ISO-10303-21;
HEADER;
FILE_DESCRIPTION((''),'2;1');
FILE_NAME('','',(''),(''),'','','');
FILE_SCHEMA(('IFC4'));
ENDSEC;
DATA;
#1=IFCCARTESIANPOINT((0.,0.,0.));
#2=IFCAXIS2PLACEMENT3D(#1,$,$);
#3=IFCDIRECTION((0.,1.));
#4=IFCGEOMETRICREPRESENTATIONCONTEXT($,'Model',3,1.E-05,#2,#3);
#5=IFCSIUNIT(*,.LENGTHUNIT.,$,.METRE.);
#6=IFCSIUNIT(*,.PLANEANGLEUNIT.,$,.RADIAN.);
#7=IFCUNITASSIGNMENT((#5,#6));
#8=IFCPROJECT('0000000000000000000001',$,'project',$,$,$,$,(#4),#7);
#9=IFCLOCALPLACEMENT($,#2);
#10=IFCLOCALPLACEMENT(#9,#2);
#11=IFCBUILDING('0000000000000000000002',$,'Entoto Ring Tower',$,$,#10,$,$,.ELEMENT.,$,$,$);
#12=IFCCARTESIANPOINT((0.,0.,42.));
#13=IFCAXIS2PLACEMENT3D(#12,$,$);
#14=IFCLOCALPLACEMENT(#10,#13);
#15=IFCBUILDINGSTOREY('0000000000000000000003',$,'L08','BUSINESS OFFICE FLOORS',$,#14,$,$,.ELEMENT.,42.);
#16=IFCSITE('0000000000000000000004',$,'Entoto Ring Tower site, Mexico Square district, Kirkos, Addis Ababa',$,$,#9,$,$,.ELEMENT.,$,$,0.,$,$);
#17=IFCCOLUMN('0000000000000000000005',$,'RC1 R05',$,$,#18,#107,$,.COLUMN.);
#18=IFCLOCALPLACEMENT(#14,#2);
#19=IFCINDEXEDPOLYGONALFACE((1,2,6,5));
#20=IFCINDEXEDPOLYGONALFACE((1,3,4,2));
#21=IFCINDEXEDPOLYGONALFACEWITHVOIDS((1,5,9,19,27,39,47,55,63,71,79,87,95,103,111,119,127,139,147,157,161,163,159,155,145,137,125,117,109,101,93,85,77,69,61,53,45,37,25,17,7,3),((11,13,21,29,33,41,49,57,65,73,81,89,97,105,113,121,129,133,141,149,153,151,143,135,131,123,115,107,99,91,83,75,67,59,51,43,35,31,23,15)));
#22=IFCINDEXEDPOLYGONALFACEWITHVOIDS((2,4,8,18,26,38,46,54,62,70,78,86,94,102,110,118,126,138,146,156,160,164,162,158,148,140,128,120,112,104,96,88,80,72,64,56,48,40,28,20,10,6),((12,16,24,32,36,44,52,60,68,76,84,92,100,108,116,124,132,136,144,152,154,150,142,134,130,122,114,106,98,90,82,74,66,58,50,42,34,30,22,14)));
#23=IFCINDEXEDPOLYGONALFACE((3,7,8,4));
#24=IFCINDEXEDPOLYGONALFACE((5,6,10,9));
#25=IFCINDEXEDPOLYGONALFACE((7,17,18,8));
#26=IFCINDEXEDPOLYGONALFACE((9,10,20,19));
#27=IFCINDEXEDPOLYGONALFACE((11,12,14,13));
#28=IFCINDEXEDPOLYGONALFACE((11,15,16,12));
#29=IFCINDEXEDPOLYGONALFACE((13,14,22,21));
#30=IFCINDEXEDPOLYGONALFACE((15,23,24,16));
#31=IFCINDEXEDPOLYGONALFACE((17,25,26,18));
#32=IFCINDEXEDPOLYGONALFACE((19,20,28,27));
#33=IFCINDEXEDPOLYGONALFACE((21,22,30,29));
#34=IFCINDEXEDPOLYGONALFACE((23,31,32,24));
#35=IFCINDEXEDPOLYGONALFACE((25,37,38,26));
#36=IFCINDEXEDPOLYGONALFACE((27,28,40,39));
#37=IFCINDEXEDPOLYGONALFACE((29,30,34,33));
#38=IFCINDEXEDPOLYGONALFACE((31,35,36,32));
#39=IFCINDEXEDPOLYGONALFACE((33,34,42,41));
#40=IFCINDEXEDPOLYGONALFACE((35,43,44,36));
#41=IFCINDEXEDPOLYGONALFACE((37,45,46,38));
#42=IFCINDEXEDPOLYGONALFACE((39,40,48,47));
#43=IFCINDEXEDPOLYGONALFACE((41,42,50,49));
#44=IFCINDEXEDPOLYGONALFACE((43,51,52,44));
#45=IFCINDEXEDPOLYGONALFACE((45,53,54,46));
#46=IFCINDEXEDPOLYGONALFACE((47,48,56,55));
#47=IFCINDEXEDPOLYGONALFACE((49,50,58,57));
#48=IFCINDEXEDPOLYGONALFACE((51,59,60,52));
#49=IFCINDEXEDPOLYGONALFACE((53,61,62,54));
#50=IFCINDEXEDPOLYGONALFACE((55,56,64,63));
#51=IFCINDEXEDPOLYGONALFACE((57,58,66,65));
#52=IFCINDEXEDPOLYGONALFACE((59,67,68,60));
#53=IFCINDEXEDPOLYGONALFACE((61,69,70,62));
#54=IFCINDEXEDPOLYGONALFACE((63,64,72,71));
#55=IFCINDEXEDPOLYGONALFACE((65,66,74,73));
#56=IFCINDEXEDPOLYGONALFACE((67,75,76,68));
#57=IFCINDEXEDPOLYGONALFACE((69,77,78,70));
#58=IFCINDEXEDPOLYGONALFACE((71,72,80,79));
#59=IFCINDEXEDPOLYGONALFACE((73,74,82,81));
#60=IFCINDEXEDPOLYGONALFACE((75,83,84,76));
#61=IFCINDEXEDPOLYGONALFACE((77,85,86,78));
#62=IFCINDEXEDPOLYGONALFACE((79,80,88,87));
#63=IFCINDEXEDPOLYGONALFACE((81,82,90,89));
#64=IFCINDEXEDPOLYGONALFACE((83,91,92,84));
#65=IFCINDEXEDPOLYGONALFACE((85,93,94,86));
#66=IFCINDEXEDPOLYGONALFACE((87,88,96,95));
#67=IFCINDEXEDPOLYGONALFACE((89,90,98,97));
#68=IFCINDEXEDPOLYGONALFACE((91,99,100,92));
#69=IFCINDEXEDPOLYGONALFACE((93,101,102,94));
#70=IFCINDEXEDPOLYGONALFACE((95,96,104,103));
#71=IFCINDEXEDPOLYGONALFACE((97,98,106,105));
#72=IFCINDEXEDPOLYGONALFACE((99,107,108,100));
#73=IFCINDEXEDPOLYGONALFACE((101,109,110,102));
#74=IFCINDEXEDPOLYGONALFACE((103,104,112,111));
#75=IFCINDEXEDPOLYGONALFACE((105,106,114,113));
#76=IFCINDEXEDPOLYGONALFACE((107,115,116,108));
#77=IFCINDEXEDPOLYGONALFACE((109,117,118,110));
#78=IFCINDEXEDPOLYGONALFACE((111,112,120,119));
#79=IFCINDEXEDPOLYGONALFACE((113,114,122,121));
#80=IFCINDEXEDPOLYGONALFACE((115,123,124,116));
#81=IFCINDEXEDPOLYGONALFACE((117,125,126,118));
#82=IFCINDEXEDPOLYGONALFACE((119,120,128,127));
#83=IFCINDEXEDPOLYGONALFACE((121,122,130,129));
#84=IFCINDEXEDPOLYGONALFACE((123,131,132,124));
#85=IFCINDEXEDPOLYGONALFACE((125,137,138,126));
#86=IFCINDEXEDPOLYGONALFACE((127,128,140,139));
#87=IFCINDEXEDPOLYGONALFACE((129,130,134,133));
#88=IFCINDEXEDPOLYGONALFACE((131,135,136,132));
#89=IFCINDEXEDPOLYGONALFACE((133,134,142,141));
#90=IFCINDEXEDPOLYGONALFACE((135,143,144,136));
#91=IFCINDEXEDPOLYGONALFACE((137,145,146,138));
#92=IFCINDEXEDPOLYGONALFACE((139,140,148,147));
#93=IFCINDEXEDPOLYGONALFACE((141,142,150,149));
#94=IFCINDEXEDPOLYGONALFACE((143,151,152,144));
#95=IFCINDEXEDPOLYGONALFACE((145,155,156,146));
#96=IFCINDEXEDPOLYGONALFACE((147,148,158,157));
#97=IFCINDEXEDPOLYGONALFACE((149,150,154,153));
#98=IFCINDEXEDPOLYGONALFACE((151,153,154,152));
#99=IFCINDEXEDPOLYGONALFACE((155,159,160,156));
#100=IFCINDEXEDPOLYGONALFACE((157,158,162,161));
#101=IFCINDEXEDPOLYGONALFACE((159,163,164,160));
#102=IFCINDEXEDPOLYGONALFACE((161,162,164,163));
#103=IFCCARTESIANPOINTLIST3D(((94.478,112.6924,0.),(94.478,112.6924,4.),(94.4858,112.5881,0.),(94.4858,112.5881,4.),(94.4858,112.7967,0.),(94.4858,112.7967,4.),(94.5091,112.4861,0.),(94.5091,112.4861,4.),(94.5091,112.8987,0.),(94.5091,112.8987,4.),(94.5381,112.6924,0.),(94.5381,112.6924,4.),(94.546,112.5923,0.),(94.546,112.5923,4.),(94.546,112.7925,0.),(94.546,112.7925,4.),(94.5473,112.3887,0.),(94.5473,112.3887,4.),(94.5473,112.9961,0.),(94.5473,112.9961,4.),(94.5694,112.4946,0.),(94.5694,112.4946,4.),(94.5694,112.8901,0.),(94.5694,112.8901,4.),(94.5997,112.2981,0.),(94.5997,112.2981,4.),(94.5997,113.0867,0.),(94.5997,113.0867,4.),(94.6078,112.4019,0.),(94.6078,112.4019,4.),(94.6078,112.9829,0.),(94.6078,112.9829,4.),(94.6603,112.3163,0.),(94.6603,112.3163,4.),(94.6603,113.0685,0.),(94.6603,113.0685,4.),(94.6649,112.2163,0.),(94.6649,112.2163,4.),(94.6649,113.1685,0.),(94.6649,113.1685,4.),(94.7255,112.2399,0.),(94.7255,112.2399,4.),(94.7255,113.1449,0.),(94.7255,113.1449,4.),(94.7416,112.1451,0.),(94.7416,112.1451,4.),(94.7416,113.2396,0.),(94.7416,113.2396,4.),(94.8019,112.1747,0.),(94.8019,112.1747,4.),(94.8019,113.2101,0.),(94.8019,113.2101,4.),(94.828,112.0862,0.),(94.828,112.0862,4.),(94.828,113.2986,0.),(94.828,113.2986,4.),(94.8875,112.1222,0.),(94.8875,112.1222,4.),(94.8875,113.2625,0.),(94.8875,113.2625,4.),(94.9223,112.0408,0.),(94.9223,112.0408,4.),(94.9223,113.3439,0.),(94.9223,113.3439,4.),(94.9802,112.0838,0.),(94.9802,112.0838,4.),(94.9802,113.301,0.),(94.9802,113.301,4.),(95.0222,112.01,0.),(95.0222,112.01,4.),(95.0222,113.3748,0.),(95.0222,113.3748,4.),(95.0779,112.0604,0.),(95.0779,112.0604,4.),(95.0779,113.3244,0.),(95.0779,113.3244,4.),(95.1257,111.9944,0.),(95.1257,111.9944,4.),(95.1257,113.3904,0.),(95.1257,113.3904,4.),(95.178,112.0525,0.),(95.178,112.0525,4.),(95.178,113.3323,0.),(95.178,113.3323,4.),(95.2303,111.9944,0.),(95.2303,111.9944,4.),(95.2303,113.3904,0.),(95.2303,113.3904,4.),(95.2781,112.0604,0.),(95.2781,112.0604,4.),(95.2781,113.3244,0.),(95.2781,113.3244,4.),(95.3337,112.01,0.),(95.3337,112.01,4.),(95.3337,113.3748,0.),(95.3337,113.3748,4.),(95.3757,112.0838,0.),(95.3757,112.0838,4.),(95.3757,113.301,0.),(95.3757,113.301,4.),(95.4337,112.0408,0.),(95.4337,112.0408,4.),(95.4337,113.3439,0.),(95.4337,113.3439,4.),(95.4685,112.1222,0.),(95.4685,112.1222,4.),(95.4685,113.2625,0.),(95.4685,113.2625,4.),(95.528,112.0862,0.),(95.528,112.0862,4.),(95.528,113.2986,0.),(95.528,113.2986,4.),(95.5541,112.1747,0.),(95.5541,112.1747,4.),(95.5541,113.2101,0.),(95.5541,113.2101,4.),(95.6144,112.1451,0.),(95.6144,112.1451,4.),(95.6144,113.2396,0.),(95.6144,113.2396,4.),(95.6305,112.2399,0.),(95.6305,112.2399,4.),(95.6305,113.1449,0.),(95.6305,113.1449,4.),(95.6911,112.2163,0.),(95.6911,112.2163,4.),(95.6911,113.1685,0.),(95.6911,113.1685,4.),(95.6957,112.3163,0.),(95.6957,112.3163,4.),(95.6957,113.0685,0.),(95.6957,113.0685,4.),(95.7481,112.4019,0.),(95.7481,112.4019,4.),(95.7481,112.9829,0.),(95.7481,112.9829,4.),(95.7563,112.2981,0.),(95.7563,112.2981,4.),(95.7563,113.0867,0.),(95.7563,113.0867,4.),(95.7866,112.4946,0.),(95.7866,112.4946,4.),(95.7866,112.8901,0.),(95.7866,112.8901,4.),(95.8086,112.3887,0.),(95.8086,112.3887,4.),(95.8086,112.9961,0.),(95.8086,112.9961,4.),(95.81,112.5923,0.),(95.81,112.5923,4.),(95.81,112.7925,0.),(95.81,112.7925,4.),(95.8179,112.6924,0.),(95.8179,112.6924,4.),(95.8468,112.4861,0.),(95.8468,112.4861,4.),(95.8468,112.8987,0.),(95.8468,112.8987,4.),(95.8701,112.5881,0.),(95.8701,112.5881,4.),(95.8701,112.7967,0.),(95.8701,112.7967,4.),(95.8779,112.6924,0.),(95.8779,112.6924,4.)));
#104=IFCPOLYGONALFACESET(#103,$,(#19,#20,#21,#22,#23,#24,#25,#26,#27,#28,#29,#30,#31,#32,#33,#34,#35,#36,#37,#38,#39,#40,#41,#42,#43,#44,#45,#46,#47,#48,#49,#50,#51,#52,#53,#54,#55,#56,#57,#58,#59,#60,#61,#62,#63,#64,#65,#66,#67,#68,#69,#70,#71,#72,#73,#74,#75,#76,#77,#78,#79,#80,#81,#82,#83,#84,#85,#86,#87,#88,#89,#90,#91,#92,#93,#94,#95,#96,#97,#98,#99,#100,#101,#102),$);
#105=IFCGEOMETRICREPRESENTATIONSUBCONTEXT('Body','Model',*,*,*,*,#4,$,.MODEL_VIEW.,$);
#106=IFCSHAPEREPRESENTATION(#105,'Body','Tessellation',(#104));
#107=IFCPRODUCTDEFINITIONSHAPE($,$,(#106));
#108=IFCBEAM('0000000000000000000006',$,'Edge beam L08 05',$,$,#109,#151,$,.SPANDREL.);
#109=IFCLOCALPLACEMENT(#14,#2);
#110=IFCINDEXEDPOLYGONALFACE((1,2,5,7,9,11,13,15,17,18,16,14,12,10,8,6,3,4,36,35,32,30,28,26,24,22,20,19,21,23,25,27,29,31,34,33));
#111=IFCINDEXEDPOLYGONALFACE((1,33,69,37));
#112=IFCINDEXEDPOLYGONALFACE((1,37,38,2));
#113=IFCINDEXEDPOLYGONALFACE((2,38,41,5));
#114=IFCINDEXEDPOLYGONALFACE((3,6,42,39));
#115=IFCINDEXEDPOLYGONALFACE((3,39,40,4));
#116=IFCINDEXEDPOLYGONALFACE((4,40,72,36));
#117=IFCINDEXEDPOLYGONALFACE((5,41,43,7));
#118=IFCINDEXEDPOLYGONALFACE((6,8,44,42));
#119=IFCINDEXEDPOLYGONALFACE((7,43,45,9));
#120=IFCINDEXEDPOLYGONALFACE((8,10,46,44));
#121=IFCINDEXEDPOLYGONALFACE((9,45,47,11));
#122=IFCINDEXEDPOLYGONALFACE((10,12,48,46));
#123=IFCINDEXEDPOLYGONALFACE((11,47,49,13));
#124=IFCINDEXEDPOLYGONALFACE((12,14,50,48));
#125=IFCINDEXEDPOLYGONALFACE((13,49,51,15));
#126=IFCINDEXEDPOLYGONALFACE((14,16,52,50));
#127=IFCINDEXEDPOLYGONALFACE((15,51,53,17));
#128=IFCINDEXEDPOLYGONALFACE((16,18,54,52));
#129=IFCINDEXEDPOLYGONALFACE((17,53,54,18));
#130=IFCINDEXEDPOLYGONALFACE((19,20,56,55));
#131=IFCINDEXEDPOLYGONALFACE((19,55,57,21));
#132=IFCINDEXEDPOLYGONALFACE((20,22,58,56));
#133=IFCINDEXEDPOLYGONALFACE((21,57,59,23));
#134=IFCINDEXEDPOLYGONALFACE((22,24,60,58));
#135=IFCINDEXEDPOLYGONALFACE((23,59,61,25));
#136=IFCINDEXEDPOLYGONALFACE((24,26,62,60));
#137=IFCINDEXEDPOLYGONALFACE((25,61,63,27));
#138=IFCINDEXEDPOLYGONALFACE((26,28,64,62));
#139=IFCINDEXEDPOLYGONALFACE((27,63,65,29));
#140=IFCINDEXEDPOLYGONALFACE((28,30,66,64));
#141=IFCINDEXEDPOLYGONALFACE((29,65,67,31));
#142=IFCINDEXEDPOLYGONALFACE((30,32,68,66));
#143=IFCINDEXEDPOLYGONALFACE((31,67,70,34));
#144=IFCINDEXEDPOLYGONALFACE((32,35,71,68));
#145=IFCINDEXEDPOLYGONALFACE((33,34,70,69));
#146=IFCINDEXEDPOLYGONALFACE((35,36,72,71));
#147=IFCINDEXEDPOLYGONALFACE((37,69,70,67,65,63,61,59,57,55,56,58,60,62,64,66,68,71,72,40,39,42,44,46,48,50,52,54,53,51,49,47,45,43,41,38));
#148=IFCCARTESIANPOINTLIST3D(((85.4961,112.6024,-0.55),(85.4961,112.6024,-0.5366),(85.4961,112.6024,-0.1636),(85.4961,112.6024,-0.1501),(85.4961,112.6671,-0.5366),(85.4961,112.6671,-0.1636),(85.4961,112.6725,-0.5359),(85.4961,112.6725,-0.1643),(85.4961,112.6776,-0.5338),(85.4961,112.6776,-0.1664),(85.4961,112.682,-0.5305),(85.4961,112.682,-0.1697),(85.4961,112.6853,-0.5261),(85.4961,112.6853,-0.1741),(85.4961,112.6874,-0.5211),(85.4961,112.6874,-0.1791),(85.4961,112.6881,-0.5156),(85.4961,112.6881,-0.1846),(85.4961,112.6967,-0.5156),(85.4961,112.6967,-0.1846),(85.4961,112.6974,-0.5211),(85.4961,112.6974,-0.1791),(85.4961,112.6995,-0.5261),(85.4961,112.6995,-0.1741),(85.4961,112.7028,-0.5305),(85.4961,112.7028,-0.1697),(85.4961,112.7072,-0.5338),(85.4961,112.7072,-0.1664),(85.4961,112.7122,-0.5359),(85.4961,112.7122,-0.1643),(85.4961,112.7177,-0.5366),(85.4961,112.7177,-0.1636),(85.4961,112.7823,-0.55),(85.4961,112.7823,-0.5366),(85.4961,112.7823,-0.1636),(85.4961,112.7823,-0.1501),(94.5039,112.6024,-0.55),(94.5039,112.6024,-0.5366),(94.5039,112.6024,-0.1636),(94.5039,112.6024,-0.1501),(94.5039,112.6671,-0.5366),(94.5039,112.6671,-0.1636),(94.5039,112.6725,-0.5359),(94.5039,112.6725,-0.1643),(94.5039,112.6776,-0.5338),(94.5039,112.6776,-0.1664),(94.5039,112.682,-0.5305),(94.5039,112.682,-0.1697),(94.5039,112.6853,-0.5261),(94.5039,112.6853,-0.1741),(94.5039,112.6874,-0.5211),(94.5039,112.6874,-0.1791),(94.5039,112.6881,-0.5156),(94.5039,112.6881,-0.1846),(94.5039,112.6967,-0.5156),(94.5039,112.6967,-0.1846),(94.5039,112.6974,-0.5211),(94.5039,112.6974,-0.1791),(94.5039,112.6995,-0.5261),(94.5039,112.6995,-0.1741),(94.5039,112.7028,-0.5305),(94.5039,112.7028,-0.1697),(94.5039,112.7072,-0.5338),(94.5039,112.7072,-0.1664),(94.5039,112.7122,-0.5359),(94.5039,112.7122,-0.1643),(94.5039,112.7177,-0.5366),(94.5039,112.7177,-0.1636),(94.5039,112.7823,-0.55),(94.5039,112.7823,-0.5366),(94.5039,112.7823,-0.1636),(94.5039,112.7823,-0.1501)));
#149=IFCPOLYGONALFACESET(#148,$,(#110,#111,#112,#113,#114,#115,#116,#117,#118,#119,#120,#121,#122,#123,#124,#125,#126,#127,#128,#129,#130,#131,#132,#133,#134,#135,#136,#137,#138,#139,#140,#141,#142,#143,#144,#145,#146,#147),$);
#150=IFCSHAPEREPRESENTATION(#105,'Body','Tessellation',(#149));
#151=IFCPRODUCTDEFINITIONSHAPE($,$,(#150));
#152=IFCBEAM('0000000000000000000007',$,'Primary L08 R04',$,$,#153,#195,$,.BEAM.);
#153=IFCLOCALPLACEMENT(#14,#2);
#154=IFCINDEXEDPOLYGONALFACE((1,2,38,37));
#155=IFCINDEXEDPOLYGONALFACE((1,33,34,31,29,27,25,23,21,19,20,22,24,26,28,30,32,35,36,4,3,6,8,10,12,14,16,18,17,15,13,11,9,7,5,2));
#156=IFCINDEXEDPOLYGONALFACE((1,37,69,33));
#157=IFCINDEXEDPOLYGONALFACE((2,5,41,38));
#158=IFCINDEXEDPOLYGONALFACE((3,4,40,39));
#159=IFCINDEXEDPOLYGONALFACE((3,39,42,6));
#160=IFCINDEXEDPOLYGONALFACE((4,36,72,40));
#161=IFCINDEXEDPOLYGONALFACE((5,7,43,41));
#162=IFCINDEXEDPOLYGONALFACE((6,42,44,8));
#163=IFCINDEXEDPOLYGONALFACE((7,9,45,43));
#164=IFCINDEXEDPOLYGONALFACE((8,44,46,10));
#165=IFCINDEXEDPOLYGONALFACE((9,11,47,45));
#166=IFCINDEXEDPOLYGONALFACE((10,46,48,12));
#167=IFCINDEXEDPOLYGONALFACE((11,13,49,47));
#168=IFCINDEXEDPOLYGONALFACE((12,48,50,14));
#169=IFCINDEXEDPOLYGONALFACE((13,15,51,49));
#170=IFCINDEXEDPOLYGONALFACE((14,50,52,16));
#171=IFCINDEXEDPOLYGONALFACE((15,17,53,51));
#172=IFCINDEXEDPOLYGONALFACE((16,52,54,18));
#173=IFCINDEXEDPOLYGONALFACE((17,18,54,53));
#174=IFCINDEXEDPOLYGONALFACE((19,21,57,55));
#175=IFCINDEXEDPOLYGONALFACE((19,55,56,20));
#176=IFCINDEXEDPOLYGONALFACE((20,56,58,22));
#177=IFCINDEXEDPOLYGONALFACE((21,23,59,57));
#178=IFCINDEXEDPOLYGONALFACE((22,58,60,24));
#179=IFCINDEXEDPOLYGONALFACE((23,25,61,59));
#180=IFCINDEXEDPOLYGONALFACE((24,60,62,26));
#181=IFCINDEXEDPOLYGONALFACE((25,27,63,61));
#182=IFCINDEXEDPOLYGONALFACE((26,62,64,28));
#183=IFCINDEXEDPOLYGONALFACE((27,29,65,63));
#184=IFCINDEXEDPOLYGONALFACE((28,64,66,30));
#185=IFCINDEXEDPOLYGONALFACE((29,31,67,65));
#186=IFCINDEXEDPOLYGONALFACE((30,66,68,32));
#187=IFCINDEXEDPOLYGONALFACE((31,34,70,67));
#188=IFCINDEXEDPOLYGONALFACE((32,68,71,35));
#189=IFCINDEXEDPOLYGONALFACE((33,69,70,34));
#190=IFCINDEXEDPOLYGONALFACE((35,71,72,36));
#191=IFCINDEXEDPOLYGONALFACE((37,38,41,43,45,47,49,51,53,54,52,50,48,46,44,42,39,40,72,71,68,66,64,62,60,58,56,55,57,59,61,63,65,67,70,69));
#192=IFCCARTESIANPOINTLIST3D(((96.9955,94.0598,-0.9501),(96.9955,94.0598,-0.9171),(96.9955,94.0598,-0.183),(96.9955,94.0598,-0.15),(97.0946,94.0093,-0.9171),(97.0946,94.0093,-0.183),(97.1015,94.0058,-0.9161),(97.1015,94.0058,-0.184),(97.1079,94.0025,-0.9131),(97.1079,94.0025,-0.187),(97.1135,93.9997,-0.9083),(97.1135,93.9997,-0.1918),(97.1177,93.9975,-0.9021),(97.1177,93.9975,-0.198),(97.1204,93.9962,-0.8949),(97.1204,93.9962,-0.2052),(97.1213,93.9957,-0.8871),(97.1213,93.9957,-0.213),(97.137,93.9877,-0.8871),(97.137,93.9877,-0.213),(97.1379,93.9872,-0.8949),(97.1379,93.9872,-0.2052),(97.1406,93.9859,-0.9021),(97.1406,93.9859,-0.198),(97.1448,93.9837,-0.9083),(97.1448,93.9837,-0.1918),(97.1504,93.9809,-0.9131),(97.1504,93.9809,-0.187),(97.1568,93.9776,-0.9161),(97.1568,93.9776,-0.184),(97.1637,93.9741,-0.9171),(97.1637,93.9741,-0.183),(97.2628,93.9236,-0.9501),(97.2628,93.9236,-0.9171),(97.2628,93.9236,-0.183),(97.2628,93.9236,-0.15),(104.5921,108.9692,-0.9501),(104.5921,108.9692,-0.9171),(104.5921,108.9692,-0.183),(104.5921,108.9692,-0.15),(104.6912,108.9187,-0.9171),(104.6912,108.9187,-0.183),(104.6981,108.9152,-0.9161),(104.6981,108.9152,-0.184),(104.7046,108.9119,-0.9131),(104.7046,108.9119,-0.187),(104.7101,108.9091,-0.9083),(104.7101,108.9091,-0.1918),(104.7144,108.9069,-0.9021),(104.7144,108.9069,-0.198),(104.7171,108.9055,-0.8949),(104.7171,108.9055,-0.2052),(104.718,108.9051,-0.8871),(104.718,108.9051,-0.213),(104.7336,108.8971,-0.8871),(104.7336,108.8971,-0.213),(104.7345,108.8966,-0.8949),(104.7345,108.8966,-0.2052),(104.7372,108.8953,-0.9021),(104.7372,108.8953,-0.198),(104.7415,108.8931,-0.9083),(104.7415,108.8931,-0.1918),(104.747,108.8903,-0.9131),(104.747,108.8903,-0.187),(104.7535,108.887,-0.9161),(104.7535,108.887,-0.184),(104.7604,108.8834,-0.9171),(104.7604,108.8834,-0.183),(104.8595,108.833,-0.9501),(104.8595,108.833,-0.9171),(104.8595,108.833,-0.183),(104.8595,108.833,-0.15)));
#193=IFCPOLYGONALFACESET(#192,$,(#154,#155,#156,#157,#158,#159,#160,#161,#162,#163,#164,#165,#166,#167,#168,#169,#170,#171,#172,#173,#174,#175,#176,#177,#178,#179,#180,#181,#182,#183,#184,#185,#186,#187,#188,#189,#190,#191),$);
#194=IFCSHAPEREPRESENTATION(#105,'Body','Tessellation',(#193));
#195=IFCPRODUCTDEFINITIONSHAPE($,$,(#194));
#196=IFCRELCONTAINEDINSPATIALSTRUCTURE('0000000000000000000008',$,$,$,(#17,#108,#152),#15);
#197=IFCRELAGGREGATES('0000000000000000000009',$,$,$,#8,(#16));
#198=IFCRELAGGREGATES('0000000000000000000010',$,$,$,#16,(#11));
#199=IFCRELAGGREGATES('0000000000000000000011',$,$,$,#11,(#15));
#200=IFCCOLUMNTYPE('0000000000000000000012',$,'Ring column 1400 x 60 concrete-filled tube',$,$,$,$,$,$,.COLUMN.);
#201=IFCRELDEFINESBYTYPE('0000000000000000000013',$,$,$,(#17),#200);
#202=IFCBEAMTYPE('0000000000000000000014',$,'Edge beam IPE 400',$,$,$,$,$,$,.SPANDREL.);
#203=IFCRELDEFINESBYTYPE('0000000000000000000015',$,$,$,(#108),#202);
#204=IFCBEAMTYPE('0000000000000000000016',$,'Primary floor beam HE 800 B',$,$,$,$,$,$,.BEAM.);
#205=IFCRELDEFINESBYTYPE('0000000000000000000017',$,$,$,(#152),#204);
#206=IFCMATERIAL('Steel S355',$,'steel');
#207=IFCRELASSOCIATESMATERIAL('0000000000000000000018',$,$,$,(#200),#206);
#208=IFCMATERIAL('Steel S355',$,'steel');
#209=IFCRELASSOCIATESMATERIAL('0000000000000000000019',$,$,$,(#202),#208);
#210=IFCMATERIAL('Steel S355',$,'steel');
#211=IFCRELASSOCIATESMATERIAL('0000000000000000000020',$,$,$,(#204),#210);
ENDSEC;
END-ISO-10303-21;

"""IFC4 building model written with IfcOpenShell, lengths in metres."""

from ifc_helpers import new_model, si_unit, direction, frame, origin, origin_2d, place, context, subcontext, project, spatial, circle, hollow_circle, i_section, extrude, material, material_profile, profile_set, type_object, element, save


model = new_model("IFC4")

# Units and contexts
model_context = context("Model", 3, precision=1e-05, world=origin(), true_north=direction((0.0, 1.0)))
body_context = subcontext(model_context, "Body", "Model", "MODEL_VIEW")
ifc_project = project(units=[si_unit("LENGTHUNIT", "METRE"), si_unit("PLANEANGLEUNIT", "RADIAN")], contexts=[model_context])

# Site, building, storey
site_placement = place(None, origin())
site = spatial("IfcSite", under=ifc_project, at=site_placement, Name="Entoto Ring Tower site, Mexico Square district, Kirkos, Addis Ababa", CompositionType="ELEMENT", RefElevation=0.0)
building_placement = place(site_placement, origin())
building = spatial("IfcBuilding", under=site, at=building_placement, Name="Entoto Ring Tower", CompositionType="ELEMENT")
storey_placement = place(building_placement, frame((0.0, 0.0, 42.0)))
storey = spatial("IfcBuildingStorey", under=building, at=storey_placement, Name="L08", Description="BUSINESS OFFICE FLOORS", CompositionType="ELEMENT", Elevation=42.0)

# Column
ifc_material_1 = material(Name="Steel S355", Category="steel")
ifc_material_profile_1 = material_profile(ifc_material_1, hollow_circle(Radius=0.7, WallThickness=0.0601, at=origin_2d()), Name="CHS 1400 x 60")
ifc_material_2 = material(Name="Concrete C60/75", Category="concrete")
ifc_material_profile_2 = material_profile(ifc_material_2, circle(Radius=0.6399, at=origin_2d()), Name="Concrete C60/75 infill")
ifc_profile_set_1 = profile_set([ifc_material_profile_1, ifc_material_profile_2], Name="Steel S355")
column_type = type_object("IfcColumnType", Name="Ring column 1400 x 60 concrete-filled tube", PredefinedType="COLUMN", material=ifc_profile_set_1)
column_placement = place(storey_placement, frame((95.178, 112.6924, 0.0), z_axis=(0.0, 0.0, 1.0), x_axis=(1.0, 0.0, 0.0)))
element("IfcColumn", 1, at=column_placement, inside=storey, type_object=column_type, Name="RC1 R05", PredefinedType="COLUMN", context=body_context, shape_type="SweptSolid", body=[
    extrude(hollow_circle(Radius=0.7, WallThickness=0.0601, at=origin_2d()), origin(), (0.0, 0.0, 1.0), 4.0),
])

# Beams
ifc_material_3 = material(Name="Steel S355", Category="steel")
ifc_material_profile_3 = material_profile(ifc_material_3, i_section(OverallWidth=0.1799, OverallDepth=0.3999, WebThickness=0.0085, FlangeThickness=0.0134, FilletRadius=0.021, at=origin_2d()), Name="IPE 400")
ifc_profile_set_2 = profile_set([ifc_material_profile_3], Name="Steel S355")
beam_type_1 = type_object("IfcBeamType", Name="Edge beam IPE 400", PredefinedType="SPANDREL", material=ifc_profile_set_2)
beam_1_placement = place(storey_placement, frame((94.5039, 112.6924, -0.3501), z_axis=(-1.0, 0.0, 0.0), x_axis=(0.0, -1.0, 0.0)))
element("IfcBeam", 2, at=beam_1_placement, inside=storey, type_object=beam_type_1, Name="Edge beam L08 05", PredefinedType="SPANDREL", context=body_context, shape_type="SweptSolid", body=[
    extrude(i_section(OverallWidth=0.1799, OverallDepth=0.3999, WebThickness=0.0085, FlangeThickness=0.0134, FilletRadius=0.021, at=origin_2d()), origin(), (0.0, 0.0, 1.0), 9.0078),
])
ifc_material_4 = material(Name="Steel S355", Category="steel")
ifc_material_profile_4 = material_profile(ifc_material_4, i_section(OverallWidth=0.3, OverallDepth=0.8, WebThickness=0.0176, FlangeThickness=0.033, FilletRadius=0.03, at=origin_2d()), Name="HE 800 B")
ifc_profile_set_3 = profile_set([ifc_material_profile_4], Name="Steel S355")
beam_type_2 = type_object("IfcBeamType", Name="Primary floor beam HE 800 B", PredefinedType="BEAM", material=ifc_profile_set_3)
beam_2_placement = place(storey_placement, frame((97.1292, 93.9917, -0.55), z_axis=(0.453988, 0.891008, 0.0), x_axis=(-0.891008, 0.453988, 0.0)))
element("IfcBeam", 3, at=beam_2_placement, inside=storey, type_object=beam_type_2, Name="Primary L08 R04", PredefinedType="BEAM", context=body_context, shape_type="SweptSolid", body=[
    extrude(i_section(OverallWidth=0.3, OverallDepth=0.8, WebThickness=0.0176, FlangeThickness=0.033, FilletRadius=0.03, at=origin_2d()), origin(), (0.0, 0.0, 1.0), 16.7332),
])

save(model, "model.ifc")
